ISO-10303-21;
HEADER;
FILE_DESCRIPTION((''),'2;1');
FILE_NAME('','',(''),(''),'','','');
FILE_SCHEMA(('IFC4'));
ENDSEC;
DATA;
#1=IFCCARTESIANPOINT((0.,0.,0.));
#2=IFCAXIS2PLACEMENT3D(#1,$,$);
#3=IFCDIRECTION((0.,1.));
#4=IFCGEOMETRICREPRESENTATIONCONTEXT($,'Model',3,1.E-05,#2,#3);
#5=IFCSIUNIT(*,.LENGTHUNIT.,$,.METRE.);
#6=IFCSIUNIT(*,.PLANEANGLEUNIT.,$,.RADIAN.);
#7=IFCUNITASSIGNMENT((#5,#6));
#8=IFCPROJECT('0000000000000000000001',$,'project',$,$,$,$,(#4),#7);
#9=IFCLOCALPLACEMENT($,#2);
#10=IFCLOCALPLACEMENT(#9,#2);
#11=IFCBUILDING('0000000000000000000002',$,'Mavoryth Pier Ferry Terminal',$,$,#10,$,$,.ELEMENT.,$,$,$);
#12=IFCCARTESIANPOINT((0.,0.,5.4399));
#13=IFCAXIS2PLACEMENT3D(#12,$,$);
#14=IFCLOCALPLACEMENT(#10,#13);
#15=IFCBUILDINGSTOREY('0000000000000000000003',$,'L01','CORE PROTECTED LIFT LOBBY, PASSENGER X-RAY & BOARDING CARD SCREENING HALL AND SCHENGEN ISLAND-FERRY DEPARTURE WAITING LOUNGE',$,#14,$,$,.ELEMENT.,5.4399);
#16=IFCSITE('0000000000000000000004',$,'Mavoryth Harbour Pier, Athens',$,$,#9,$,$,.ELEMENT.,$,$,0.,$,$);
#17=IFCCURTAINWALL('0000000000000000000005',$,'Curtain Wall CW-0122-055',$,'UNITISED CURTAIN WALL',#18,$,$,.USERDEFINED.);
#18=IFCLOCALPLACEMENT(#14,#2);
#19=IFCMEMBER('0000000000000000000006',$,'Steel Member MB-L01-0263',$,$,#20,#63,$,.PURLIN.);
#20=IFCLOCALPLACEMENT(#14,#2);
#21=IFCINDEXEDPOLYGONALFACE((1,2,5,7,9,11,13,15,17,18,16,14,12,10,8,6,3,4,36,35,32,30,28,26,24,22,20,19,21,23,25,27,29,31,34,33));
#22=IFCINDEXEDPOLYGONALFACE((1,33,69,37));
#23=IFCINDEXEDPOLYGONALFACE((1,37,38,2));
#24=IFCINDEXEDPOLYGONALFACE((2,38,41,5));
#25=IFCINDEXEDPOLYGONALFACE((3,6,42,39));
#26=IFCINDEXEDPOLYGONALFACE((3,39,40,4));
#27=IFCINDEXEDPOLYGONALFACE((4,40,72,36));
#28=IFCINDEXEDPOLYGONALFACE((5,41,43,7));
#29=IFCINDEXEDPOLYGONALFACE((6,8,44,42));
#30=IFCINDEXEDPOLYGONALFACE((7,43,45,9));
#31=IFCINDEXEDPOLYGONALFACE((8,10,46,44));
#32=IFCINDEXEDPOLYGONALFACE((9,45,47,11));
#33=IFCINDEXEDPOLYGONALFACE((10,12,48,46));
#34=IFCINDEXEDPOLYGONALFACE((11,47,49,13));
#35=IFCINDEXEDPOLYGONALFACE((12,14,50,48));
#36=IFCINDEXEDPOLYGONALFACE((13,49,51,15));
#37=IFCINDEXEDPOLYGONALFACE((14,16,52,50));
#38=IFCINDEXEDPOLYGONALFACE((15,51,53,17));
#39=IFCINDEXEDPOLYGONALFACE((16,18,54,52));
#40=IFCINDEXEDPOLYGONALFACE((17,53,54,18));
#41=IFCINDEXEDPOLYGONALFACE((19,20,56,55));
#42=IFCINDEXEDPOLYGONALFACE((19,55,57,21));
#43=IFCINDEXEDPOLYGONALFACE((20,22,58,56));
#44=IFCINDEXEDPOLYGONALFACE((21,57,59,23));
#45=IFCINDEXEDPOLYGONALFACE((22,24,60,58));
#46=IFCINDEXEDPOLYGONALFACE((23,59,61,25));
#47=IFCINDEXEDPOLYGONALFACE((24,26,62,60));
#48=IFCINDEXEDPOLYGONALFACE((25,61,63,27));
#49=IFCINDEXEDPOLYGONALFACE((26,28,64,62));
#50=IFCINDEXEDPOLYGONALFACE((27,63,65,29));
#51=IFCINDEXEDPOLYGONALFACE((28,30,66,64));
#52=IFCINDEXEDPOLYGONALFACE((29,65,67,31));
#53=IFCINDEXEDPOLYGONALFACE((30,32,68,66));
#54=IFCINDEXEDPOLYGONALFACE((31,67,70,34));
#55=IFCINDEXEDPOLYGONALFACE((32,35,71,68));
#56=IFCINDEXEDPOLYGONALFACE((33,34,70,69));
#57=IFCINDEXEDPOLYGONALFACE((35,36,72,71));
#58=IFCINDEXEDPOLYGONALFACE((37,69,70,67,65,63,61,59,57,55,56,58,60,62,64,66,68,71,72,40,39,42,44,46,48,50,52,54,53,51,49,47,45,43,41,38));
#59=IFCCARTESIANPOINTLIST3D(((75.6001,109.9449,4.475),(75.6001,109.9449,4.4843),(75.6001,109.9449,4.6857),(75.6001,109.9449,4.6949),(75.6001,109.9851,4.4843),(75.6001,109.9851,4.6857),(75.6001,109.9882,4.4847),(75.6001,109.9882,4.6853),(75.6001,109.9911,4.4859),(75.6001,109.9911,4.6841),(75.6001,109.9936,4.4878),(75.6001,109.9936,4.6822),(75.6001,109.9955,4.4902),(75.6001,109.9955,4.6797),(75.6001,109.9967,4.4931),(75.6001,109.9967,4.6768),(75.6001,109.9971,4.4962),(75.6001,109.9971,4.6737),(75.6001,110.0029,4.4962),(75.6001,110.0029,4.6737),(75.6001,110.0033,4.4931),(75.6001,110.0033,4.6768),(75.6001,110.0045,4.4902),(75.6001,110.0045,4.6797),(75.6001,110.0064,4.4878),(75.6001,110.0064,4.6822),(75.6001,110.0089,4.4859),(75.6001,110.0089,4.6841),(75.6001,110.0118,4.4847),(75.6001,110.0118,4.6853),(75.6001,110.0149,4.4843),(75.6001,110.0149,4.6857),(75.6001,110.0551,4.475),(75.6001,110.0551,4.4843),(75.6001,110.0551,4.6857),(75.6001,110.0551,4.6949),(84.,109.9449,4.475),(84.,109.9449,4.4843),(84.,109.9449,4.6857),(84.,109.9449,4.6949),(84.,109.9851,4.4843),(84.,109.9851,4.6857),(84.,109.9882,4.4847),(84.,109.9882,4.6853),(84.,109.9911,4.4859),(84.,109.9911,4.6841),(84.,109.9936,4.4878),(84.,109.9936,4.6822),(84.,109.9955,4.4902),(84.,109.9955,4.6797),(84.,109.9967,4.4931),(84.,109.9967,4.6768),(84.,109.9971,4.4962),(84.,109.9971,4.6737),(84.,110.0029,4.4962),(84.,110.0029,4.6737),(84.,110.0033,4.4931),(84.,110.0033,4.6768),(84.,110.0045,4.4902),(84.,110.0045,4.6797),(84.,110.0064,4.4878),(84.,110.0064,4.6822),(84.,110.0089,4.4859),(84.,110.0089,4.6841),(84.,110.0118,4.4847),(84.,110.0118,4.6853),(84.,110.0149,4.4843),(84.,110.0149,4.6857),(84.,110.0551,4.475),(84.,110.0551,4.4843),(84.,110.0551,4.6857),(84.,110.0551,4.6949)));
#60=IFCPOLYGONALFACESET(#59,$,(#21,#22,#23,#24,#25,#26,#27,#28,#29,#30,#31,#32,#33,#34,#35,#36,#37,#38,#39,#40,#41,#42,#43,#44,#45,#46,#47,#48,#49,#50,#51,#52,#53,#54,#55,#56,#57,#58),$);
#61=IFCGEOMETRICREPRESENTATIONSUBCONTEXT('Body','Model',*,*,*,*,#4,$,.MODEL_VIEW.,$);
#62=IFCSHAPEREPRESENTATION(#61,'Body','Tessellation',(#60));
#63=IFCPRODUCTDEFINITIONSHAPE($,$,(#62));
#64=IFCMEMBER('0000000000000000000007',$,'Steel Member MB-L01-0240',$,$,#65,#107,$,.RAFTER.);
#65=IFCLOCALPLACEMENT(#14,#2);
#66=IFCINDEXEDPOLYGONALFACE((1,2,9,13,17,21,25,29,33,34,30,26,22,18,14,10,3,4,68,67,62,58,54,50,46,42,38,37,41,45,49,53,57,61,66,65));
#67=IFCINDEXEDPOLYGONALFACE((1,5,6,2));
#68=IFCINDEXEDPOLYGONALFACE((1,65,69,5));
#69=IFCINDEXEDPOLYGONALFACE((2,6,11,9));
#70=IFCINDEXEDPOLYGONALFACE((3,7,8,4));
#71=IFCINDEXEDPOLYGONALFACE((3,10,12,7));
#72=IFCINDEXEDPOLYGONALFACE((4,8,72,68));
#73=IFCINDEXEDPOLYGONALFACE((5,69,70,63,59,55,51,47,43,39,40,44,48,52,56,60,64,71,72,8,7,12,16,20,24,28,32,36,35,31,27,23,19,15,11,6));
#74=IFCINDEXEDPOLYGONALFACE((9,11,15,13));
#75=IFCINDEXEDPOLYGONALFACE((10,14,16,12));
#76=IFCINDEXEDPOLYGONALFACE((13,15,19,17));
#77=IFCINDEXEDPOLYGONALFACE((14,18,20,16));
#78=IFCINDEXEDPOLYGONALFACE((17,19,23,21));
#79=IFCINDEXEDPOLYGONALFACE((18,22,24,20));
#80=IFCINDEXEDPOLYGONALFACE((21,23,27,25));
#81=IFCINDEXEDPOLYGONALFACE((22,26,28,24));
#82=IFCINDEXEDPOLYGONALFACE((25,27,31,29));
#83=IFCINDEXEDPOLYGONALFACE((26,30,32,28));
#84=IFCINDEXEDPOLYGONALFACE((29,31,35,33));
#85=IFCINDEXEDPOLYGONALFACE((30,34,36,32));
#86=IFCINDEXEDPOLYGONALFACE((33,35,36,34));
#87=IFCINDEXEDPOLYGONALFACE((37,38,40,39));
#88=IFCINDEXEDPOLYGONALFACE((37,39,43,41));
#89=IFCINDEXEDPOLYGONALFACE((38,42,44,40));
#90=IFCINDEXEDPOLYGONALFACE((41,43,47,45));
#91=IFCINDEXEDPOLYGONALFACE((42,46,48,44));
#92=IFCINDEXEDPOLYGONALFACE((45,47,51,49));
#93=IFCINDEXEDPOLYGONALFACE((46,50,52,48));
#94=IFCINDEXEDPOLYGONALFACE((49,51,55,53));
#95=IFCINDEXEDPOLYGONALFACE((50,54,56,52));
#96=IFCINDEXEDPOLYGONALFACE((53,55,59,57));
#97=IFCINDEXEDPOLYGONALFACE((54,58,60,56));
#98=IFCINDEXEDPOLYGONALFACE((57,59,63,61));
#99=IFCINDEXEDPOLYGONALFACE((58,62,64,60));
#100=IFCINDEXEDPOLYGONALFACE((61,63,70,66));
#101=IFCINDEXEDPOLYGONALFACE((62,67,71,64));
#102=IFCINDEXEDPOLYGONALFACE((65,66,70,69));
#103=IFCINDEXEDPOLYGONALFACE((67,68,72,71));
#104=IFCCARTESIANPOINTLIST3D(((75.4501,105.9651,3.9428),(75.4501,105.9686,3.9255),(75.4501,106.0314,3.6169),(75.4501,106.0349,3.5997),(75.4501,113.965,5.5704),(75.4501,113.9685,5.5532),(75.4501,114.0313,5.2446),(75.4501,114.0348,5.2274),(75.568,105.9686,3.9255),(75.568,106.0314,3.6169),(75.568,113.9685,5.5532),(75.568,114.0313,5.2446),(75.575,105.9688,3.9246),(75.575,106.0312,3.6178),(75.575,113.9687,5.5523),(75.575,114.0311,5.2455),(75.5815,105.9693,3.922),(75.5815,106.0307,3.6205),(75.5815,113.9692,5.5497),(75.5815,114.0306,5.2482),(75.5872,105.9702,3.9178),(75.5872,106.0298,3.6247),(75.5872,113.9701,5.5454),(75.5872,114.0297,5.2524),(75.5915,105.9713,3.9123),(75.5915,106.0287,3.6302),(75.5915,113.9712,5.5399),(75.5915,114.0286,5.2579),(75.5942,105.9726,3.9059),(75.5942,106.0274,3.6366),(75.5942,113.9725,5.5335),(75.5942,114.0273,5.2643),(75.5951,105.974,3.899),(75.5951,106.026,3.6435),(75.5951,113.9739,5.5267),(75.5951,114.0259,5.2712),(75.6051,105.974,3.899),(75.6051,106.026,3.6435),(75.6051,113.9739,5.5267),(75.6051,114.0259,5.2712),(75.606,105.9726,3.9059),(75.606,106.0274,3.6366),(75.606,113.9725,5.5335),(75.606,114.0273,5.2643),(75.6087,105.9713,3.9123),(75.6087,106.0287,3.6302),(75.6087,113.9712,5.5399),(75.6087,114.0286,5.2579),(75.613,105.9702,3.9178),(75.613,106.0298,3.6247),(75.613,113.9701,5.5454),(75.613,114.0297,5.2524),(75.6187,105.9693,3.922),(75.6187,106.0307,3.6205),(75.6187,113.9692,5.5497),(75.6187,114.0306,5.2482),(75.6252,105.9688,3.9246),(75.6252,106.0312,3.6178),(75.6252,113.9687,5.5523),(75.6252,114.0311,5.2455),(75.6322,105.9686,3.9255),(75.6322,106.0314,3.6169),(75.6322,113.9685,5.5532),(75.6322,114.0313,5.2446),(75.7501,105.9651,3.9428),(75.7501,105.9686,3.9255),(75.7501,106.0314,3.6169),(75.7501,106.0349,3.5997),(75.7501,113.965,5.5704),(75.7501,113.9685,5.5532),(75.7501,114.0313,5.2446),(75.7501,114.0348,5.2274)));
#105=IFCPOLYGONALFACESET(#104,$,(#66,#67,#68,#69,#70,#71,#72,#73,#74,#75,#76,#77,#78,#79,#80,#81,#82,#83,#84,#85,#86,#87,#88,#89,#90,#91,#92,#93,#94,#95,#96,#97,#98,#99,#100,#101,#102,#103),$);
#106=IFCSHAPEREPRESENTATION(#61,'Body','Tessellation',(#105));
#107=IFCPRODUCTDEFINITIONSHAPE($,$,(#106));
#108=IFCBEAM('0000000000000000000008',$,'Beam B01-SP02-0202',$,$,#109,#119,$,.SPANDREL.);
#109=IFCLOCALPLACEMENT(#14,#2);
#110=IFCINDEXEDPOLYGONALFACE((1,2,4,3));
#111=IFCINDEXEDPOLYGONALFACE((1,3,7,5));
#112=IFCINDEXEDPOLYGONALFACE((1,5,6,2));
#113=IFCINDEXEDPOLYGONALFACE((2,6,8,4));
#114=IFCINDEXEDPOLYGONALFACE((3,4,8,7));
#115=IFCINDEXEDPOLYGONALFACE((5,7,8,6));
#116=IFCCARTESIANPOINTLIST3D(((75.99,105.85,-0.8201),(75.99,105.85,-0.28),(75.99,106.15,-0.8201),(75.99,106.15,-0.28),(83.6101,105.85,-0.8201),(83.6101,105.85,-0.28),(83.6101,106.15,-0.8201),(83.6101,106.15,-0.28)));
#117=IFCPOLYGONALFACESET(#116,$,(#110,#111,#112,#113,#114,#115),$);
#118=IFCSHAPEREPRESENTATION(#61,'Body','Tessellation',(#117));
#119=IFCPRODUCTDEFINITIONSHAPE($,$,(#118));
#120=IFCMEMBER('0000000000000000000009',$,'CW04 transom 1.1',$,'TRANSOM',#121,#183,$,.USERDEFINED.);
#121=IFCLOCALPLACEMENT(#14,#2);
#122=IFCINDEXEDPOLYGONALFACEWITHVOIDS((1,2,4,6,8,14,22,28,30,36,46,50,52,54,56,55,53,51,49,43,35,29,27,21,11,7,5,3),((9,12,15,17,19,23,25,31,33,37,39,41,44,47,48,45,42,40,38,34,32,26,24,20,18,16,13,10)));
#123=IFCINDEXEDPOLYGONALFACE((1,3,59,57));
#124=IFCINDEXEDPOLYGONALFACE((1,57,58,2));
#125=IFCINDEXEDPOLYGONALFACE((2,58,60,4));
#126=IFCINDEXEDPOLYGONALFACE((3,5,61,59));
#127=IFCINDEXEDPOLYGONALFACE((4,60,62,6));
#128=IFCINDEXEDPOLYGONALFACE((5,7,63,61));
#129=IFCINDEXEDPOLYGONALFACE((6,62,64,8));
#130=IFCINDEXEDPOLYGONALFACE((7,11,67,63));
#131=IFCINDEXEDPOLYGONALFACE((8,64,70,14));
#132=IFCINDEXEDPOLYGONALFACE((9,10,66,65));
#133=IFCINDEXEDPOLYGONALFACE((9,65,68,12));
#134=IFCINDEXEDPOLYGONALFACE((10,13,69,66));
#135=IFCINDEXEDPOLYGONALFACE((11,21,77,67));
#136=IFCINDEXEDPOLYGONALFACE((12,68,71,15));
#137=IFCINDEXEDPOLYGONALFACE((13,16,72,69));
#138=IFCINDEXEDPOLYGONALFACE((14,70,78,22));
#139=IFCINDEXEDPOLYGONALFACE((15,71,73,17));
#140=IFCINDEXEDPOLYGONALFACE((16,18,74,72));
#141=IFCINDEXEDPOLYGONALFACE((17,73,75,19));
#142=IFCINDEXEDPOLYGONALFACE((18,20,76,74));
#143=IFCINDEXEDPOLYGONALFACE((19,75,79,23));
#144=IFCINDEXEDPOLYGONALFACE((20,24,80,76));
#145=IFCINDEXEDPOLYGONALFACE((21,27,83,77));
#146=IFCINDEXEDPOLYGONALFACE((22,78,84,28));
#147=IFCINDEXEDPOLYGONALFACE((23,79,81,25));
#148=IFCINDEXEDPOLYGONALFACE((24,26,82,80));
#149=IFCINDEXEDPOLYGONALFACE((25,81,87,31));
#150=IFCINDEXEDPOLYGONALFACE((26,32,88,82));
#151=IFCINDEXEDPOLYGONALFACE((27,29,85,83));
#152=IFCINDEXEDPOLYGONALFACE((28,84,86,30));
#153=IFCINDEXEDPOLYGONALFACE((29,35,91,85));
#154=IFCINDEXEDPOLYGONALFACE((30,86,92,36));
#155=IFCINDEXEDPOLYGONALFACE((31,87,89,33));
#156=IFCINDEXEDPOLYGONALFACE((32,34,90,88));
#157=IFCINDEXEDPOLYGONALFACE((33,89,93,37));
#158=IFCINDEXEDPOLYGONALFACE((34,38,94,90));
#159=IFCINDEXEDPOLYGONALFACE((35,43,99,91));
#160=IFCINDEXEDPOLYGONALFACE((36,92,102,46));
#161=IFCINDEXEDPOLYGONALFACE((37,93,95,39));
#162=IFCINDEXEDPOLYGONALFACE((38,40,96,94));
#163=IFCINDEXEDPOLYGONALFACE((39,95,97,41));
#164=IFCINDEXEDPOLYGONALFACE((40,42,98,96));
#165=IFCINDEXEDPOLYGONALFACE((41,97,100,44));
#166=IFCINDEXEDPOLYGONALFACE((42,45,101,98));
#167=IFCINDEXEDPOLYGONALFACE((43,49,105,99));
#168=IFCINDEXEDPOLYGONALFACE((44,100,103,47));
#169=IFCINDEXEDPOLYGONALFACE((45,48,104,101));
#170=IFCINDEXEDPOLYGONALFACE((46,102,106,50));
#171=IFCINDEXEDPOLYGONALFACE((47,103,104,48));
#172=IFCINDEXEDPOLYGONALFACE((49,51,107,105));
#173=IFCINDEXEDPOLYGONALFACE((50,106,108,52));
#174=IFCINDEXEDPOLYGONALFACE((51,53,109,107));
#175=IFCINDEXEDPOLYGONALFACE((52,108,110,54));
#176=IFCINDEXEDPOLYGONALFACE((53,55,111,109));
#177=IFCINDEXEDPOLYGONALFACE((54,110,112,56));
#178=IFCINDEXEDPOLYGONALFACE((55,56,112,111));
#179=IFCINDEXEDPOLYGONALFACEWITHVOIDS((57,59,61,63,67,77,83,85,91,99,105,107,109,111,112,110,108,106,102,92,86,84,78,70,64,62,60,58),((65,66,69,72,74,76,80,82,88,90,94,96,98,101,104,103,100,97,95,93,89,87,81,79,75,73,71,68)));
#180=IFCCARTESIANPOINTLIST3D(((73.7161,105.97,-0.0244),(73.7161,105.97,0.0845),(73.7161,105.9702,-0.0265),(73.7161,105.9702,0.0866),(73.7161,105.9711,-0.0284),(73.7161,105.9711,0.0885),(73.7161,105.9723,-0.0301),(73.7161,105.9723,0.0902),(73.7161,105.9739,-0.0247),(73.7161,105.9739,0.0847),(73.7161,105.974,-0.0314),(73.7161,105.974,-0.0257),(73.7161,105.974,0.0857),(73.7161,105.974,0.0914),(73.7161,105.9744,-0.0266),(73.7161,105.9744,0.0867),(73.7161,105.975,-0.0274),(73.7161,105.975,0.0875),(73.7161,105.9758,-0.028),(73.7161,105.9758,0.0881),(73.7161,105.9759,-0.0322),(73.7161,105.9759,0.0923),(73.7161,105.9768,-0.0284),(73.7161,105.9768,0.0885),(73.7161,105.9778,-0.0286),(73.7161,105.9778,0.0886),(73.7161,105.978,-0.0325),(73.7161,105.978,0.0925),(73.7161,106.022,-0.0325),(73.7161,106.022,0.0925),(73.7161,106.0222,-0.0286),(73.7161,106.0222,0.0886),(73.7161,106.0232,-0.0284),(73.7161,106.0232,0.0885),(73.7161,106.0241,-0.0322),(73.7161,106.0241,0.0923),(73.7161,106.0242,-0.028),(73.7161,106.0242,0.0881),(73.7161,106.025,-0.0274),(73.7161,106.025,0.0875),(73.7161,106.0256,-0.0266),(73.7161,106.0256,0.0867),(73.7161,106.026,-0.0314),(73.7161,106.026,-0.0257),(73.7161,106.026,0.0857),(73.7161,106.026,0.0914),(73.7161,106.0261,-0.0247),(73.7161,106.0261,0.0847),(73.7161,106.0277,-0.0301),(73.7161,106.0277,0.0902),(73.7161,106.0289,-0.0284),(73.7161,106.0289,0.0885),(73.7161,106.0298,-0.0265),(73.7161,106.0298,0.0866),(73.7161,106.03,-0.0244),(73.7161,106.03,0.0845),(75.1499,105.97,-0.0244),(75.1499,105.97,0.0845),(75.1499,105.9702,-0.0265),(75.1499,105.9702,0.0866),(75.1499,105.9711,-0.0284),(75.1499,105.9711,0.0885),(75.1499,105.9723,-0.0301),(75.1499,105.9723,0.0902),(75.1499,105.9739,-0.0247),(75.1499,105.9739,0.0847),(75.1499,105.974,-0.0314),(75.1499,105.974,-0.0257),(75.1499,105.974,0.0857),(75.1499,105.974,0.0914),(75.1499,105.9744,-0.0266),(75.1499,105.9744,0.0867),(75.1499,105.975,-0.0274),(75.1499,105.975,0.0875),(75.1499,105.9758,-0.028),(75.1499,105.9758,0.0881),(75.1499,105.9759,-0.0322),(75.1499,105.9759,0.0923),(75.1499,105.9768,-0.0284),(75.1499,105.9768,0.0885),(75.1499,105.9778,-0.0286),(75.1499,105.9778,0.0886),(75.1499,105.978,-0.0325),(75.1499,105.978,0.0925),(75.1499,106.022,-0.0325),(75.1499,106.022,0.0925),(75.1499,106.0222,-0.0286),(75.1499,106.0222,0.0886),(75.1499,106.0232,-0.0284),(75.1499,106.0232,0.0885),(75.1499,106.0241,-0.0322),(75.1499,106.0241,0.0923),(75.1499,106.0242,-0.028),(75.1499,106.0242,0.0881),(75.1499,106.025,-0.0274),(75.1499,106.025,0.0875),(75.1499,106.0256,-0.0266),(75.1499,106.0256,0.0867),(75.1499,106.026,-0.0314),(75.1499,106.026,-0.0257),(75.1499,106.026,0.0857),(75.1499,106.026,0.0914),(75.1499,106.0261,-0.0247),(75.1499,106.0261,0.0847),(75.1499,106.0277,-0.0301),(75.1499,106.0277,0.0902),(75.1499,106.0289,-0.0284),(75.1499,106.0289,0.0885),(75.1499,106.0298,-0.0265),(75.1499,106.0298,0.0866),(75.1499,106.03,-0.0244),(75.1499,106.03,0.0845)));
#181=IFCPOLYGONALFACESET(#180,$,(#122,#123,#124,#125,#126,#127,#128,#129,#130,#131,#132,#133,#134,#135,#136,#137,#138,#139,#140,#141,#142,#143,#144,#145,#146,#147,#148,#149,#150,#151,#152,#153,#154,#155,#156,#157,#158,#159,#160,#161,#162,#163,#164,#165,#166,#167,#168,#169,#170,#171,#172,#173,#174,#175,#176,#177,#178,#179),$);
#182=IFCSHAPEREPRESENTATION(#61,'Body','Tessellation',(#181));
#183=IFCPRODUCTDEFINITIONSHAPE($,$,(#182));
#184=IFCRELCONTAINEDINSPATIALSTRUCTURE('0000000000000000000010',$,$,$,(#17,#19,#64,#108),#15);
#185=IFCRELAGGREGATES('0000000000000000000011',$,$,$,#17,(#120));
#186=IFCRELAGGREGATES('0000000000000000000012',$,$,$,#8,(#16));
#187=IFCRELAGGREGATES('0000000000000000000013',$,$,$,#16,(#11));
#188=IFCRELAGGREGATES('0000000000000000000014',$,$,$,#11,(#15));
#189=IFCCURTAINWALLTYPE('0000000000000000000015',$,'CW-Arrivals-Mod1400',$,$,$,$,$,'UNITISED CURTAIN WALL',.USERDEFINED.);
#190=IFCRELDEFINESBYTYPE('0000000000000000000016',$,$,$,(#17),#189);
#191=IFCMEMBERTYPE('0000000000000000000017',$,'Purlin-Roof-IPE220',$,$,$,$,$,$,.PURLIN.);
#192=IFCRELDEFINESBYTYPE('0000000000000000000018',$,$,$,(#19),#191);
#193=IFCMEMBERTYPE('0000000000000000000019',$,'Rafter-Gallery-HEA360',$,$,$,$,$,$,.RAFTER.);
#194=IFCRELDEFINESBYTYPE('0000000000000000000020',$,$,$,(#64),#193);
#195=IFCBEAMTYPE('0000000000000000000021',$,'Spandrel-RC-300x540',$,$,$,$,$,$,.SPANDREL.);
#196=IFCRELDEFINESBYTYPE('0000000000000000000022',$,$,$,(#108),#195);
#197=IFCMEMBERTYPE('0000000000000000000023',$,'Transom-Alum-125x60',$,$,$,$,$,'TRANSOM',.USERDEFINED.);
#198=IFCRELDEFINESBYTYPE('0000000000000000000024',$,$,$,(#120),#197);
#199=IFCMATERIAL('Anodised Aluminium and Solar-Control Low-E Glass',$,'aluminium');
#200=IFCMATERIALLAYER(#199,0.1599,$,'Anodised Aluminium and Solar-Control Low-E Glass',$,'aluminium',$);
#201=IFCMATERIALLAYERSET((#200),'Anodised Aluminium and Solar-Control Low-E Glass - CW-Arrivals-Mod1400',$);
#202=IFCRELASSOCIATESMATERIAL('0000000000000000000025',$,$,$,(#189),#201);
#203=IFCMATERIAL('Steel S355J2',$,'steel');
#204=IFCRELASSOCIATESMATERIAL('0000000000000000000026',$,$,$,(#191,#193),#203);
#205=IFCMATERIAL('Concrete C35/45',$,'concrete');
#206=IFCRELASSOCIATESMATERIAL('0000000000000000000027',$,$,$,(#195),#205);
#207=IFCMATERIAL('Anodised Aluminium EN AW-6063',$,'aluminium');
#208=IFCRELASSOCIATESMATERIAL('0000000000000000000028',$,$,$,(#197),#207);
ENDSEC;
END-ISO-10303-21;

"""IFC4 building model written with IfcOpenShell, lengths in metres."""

from ifc_helpers import new_model, si_unit, direction, frame, origin, origin_2d, place, context, subcontext, project, spatial, rectangle, hollow_rectangle, i_section, extrude, material, layer, layer_set, material_profile, profile_set, type_object, element, aggregate, save


model = new_model("IFC4")

# Units and contexts
model_context = context("Model", 3, precision=1e-05, world=origin(), true_north=direction((0.0, 1.0)))
body_context = subcontext(model_context, "Body", "Model", "MODEL_VIEW")
ifc_project = project(units=[si_unit("LENGTHUNIT", "METRE"), si_unit("PLANEANGLEUNIT", "RADIAN")], contexts=[model_context])

# Site, building, storey
site_placement = place(None, origin())
site = spatial("IfcSite", under=ifc_project, at=site_placement, Name="Mavoryth Harbour Pier, Athens", CompositionType="ELEMENT", RefElevation=0.0)
building_placement = place(site_placement, origin())
building = spatial("IfcBuilding", under=site, at=building_placement, Name="Mavoryth Pier Ferry Terminal", CompositionType="ELEMENT")
storey_placement = place(building_placement, frame((0.0, 0.0, 5.4399)))
storey = spatial("IfcBuildingStorey", under=building, at=storey_placement, Name="L01", Description="CORE PROTECTED LIFT LOBBY, PASSENGER X-RAY & BOARDING CARD SCREENING HALL AND SCHENGEN ISLAND-FERRY DEPARTURE WAITING LOUNGE", CompositionType="ELEMENT", Elevation=5.4399)

# Shared definitions
ifc_material_1 = material(Name="Steel S355J2", Category="steel")

# Curtain wall
ifc_material_2 = material(Name="Anodised Aluminium and Solar-Control Low-E Glass", Category="aluminium")
ifc_layer_1 = layer(ifc_material_2, 0.1599, Name="Anodised Aluminium and Solar-Control Low-E Glass", Category="aluminium")
ifc_layer_set_1 = layer_set([ifc_layer_1], Name="Anodised Aluminium and Solar-Control Low-E Glass - CW-Arrivals-Mod1400")
curtain_wall_type = type_object("IfcCurtainWallType", Name="CW-Arrivals-Mod1400", ElementType="UNITISED CURTAIN WALL", PredefinedType="USERDEFINED", material=ifc_layer_set_1)
curtain_wall_1_placement = place(storey_placement, origin())
curtain_wall_1 = element("IfcCurtainWall", 1, at=curtain_wall_1_placement, inside=storey, type_object=curtain_wall_type, Name="Curtain Wall CW-0122-055", ObjectType="UNITISED CURTAIN WALL", PredefinedType="USERDEFINED")
ifc_material_3 = material(Name="Anodised Aluminium EN AW-6063", Category="aluminium")

# Members
ifc_material_profile_1 = material_profile(ifc_material_1, i_section(OverallWidth=0.1101, OverallDepth=0.22, WebThickness=0.0059, FlangeThickness=0.0093, FilletRadius=0.012, at=origin_2d()), Name="IPE 220", Category="steel")
ifc_profile_set_1 = profile_set([ifc_material_profile_1], Name="Steel S355J2 - IPE 220")
member_type_1 = type_object("IfcMemberType", Name="Purlin-Roof-IPE220", PredefinedType="PURLIN", material=ifc_profile_set_1)
for number, where, z_axis, x_axis, name in (
    (2, (75.6001, 110.0, 4.585), (1.0, 0.0, 0.0), (0.0, 1.0, 0.0), "Steel Member MB-L01-0263"),
):
    element("IfcMember", number, at=place(storey_placement, frame(where, z_axis=z_axis, x_axis=x_axis)), inside=storey, type_object=member_type_1, Name=name, PredefinedType="PURLIN", context=body_context, shape_type="SweptSolid", body=[
        extrude(i_section(OverallWidth=0.1101, OverallDepth=0.22, WebThickness=0.0059, FlangeThickness=0.0093, FilletRadius=0.012, at=origin_2d()), origin(), (0.0, 0.0, 1.0), 8.3999),
    ])
ifc_material_profile_2 = material_profile(ifc_material_1, i_section(OverallWidth=0.3, OverallDepth=0.3501, WebThickness=0.01, FlangeThickness=0.0176, FilletRadius=0.0271, at=origin_2d()), Name="HEA 360", Category="steel")
ifc_profile_set_2 = profile_set([ifc_material_profile_2], Name="Steel S355J2 - HEA 360")
member_type_2 = type_object("IfcMemberType", Name="Rafter-Gallery-HEA360", PredefinedType="RAFTER", material=ifc_profile_set_2)
member_1_placement = place(storey_placement, frame((75.6001, 106.0, 3.7712), z_axis=(0.0, 0.979923, 0.199376), x_axis=(-1.0, 0.0, 0.0)))
element("IfcMember", 3, at=member_1_placement, inside=storey, type_object=member_type_2, Name="Steel Member MB-L01-0240", PredefinedType="RAFTER", context=body_context, shape_type="SweptSolid", body=[
    extrude(i_section(OverallWidth=0.3, OverallDepth=0.3501, WebThickness=0.01, FlangeThickness=0.0176, FilletRadius=0.0271, at=origin_2d()), origin(), (0.0, 0.0, 1.0), 8.1638),
])

# Beam
ifc_material_4 = material(Name="Concrete C35/45", Category="concrete")
ifc_material_profile_3 = material_profile(ifc_material_4, rectangle(XDim=0.3, YDim=0.54, at=origin_2d()), Name="RC 300x540", Category="concrete")
ifc_profile_set_3 = profile_set([ifc_material_profile_3], Name="Concrete C35/45 - RC 300x540")
beam_type_1 = type_object("IfcBeamType", Name="Spandrel-RC-300x540", PredefinedType="SPANDREL", material=ifc_profile_set_3)
beam_1_placement = place(storey_placement, frame((75.99, 106.0, -0.55), z_axis=(1.0, 0.0, 0.0), x_axis=(0.0, 1.0, 0.0)))
element("IfcBeam", 4, at=beam_1_placement, inside=storey, type_object=beam_type_1, Name="Beam B01-SP02-0202", PredefinedType="SPANDREL", context=body_context, shape_type="SweptSolid", body=[
    extrude(rectangle(XDim=0.3, YDim=0.54, at=origin_2d()), origin(), (0.0, 0.0, 1.0), 7.6201),
])

# Member
ifc_material_profile_4 = material_profile(ifc_material_3, hollow_rectangle(XDim=0.0601, YDim=0.125, WallThickness=0.0039, InnerFilletRadius=0.0039, OuterFilletRadius=0.0081, at=origin_2d()), Name="AL-TRAN 125x60x4", Category="aluminium")
ifc_profile_set_4 = profile_set([ifc_material_profile_4], Name="Anodised Aluminium EN AW-6063 - AL-TRAN 125x60x4")
member_type_3 = type_object("IfcMemberType", Name="Transom-Alum-125x60", ElementType="TRANSOM", PredefinedType="USERDEFINED", material=ifc_profile_set_4)
member_2_placement = place(storey_placement, frame((75.1499, 106.0, 0.03), z_axis=(-1.0, 0.0, 0.0), x_axis=(0.0, -1.0, 0.0)))
member_2 = element("IfcMember", 5, at=member_2_placement, type_object=member_type_3, Name="CW04 transom 1.1", ObjectType="TRANSOM", PredefinedType="USERDEFINED", context=body_context, shape_type="SweptSolid", body=[
    extrude(hollow_rectangle(XDim=0.0601, YDim=0.125, WallThickness=0.0039, InnerFilletRadius=0.0039, OuterFilletRadius=0.0081, at=origin_2d()), origin(), (0.0, 0.0, 1.0), 1.4338),
])

aggregate(curtain_wall_1, [member_2])

save(model, "model.ifc")
